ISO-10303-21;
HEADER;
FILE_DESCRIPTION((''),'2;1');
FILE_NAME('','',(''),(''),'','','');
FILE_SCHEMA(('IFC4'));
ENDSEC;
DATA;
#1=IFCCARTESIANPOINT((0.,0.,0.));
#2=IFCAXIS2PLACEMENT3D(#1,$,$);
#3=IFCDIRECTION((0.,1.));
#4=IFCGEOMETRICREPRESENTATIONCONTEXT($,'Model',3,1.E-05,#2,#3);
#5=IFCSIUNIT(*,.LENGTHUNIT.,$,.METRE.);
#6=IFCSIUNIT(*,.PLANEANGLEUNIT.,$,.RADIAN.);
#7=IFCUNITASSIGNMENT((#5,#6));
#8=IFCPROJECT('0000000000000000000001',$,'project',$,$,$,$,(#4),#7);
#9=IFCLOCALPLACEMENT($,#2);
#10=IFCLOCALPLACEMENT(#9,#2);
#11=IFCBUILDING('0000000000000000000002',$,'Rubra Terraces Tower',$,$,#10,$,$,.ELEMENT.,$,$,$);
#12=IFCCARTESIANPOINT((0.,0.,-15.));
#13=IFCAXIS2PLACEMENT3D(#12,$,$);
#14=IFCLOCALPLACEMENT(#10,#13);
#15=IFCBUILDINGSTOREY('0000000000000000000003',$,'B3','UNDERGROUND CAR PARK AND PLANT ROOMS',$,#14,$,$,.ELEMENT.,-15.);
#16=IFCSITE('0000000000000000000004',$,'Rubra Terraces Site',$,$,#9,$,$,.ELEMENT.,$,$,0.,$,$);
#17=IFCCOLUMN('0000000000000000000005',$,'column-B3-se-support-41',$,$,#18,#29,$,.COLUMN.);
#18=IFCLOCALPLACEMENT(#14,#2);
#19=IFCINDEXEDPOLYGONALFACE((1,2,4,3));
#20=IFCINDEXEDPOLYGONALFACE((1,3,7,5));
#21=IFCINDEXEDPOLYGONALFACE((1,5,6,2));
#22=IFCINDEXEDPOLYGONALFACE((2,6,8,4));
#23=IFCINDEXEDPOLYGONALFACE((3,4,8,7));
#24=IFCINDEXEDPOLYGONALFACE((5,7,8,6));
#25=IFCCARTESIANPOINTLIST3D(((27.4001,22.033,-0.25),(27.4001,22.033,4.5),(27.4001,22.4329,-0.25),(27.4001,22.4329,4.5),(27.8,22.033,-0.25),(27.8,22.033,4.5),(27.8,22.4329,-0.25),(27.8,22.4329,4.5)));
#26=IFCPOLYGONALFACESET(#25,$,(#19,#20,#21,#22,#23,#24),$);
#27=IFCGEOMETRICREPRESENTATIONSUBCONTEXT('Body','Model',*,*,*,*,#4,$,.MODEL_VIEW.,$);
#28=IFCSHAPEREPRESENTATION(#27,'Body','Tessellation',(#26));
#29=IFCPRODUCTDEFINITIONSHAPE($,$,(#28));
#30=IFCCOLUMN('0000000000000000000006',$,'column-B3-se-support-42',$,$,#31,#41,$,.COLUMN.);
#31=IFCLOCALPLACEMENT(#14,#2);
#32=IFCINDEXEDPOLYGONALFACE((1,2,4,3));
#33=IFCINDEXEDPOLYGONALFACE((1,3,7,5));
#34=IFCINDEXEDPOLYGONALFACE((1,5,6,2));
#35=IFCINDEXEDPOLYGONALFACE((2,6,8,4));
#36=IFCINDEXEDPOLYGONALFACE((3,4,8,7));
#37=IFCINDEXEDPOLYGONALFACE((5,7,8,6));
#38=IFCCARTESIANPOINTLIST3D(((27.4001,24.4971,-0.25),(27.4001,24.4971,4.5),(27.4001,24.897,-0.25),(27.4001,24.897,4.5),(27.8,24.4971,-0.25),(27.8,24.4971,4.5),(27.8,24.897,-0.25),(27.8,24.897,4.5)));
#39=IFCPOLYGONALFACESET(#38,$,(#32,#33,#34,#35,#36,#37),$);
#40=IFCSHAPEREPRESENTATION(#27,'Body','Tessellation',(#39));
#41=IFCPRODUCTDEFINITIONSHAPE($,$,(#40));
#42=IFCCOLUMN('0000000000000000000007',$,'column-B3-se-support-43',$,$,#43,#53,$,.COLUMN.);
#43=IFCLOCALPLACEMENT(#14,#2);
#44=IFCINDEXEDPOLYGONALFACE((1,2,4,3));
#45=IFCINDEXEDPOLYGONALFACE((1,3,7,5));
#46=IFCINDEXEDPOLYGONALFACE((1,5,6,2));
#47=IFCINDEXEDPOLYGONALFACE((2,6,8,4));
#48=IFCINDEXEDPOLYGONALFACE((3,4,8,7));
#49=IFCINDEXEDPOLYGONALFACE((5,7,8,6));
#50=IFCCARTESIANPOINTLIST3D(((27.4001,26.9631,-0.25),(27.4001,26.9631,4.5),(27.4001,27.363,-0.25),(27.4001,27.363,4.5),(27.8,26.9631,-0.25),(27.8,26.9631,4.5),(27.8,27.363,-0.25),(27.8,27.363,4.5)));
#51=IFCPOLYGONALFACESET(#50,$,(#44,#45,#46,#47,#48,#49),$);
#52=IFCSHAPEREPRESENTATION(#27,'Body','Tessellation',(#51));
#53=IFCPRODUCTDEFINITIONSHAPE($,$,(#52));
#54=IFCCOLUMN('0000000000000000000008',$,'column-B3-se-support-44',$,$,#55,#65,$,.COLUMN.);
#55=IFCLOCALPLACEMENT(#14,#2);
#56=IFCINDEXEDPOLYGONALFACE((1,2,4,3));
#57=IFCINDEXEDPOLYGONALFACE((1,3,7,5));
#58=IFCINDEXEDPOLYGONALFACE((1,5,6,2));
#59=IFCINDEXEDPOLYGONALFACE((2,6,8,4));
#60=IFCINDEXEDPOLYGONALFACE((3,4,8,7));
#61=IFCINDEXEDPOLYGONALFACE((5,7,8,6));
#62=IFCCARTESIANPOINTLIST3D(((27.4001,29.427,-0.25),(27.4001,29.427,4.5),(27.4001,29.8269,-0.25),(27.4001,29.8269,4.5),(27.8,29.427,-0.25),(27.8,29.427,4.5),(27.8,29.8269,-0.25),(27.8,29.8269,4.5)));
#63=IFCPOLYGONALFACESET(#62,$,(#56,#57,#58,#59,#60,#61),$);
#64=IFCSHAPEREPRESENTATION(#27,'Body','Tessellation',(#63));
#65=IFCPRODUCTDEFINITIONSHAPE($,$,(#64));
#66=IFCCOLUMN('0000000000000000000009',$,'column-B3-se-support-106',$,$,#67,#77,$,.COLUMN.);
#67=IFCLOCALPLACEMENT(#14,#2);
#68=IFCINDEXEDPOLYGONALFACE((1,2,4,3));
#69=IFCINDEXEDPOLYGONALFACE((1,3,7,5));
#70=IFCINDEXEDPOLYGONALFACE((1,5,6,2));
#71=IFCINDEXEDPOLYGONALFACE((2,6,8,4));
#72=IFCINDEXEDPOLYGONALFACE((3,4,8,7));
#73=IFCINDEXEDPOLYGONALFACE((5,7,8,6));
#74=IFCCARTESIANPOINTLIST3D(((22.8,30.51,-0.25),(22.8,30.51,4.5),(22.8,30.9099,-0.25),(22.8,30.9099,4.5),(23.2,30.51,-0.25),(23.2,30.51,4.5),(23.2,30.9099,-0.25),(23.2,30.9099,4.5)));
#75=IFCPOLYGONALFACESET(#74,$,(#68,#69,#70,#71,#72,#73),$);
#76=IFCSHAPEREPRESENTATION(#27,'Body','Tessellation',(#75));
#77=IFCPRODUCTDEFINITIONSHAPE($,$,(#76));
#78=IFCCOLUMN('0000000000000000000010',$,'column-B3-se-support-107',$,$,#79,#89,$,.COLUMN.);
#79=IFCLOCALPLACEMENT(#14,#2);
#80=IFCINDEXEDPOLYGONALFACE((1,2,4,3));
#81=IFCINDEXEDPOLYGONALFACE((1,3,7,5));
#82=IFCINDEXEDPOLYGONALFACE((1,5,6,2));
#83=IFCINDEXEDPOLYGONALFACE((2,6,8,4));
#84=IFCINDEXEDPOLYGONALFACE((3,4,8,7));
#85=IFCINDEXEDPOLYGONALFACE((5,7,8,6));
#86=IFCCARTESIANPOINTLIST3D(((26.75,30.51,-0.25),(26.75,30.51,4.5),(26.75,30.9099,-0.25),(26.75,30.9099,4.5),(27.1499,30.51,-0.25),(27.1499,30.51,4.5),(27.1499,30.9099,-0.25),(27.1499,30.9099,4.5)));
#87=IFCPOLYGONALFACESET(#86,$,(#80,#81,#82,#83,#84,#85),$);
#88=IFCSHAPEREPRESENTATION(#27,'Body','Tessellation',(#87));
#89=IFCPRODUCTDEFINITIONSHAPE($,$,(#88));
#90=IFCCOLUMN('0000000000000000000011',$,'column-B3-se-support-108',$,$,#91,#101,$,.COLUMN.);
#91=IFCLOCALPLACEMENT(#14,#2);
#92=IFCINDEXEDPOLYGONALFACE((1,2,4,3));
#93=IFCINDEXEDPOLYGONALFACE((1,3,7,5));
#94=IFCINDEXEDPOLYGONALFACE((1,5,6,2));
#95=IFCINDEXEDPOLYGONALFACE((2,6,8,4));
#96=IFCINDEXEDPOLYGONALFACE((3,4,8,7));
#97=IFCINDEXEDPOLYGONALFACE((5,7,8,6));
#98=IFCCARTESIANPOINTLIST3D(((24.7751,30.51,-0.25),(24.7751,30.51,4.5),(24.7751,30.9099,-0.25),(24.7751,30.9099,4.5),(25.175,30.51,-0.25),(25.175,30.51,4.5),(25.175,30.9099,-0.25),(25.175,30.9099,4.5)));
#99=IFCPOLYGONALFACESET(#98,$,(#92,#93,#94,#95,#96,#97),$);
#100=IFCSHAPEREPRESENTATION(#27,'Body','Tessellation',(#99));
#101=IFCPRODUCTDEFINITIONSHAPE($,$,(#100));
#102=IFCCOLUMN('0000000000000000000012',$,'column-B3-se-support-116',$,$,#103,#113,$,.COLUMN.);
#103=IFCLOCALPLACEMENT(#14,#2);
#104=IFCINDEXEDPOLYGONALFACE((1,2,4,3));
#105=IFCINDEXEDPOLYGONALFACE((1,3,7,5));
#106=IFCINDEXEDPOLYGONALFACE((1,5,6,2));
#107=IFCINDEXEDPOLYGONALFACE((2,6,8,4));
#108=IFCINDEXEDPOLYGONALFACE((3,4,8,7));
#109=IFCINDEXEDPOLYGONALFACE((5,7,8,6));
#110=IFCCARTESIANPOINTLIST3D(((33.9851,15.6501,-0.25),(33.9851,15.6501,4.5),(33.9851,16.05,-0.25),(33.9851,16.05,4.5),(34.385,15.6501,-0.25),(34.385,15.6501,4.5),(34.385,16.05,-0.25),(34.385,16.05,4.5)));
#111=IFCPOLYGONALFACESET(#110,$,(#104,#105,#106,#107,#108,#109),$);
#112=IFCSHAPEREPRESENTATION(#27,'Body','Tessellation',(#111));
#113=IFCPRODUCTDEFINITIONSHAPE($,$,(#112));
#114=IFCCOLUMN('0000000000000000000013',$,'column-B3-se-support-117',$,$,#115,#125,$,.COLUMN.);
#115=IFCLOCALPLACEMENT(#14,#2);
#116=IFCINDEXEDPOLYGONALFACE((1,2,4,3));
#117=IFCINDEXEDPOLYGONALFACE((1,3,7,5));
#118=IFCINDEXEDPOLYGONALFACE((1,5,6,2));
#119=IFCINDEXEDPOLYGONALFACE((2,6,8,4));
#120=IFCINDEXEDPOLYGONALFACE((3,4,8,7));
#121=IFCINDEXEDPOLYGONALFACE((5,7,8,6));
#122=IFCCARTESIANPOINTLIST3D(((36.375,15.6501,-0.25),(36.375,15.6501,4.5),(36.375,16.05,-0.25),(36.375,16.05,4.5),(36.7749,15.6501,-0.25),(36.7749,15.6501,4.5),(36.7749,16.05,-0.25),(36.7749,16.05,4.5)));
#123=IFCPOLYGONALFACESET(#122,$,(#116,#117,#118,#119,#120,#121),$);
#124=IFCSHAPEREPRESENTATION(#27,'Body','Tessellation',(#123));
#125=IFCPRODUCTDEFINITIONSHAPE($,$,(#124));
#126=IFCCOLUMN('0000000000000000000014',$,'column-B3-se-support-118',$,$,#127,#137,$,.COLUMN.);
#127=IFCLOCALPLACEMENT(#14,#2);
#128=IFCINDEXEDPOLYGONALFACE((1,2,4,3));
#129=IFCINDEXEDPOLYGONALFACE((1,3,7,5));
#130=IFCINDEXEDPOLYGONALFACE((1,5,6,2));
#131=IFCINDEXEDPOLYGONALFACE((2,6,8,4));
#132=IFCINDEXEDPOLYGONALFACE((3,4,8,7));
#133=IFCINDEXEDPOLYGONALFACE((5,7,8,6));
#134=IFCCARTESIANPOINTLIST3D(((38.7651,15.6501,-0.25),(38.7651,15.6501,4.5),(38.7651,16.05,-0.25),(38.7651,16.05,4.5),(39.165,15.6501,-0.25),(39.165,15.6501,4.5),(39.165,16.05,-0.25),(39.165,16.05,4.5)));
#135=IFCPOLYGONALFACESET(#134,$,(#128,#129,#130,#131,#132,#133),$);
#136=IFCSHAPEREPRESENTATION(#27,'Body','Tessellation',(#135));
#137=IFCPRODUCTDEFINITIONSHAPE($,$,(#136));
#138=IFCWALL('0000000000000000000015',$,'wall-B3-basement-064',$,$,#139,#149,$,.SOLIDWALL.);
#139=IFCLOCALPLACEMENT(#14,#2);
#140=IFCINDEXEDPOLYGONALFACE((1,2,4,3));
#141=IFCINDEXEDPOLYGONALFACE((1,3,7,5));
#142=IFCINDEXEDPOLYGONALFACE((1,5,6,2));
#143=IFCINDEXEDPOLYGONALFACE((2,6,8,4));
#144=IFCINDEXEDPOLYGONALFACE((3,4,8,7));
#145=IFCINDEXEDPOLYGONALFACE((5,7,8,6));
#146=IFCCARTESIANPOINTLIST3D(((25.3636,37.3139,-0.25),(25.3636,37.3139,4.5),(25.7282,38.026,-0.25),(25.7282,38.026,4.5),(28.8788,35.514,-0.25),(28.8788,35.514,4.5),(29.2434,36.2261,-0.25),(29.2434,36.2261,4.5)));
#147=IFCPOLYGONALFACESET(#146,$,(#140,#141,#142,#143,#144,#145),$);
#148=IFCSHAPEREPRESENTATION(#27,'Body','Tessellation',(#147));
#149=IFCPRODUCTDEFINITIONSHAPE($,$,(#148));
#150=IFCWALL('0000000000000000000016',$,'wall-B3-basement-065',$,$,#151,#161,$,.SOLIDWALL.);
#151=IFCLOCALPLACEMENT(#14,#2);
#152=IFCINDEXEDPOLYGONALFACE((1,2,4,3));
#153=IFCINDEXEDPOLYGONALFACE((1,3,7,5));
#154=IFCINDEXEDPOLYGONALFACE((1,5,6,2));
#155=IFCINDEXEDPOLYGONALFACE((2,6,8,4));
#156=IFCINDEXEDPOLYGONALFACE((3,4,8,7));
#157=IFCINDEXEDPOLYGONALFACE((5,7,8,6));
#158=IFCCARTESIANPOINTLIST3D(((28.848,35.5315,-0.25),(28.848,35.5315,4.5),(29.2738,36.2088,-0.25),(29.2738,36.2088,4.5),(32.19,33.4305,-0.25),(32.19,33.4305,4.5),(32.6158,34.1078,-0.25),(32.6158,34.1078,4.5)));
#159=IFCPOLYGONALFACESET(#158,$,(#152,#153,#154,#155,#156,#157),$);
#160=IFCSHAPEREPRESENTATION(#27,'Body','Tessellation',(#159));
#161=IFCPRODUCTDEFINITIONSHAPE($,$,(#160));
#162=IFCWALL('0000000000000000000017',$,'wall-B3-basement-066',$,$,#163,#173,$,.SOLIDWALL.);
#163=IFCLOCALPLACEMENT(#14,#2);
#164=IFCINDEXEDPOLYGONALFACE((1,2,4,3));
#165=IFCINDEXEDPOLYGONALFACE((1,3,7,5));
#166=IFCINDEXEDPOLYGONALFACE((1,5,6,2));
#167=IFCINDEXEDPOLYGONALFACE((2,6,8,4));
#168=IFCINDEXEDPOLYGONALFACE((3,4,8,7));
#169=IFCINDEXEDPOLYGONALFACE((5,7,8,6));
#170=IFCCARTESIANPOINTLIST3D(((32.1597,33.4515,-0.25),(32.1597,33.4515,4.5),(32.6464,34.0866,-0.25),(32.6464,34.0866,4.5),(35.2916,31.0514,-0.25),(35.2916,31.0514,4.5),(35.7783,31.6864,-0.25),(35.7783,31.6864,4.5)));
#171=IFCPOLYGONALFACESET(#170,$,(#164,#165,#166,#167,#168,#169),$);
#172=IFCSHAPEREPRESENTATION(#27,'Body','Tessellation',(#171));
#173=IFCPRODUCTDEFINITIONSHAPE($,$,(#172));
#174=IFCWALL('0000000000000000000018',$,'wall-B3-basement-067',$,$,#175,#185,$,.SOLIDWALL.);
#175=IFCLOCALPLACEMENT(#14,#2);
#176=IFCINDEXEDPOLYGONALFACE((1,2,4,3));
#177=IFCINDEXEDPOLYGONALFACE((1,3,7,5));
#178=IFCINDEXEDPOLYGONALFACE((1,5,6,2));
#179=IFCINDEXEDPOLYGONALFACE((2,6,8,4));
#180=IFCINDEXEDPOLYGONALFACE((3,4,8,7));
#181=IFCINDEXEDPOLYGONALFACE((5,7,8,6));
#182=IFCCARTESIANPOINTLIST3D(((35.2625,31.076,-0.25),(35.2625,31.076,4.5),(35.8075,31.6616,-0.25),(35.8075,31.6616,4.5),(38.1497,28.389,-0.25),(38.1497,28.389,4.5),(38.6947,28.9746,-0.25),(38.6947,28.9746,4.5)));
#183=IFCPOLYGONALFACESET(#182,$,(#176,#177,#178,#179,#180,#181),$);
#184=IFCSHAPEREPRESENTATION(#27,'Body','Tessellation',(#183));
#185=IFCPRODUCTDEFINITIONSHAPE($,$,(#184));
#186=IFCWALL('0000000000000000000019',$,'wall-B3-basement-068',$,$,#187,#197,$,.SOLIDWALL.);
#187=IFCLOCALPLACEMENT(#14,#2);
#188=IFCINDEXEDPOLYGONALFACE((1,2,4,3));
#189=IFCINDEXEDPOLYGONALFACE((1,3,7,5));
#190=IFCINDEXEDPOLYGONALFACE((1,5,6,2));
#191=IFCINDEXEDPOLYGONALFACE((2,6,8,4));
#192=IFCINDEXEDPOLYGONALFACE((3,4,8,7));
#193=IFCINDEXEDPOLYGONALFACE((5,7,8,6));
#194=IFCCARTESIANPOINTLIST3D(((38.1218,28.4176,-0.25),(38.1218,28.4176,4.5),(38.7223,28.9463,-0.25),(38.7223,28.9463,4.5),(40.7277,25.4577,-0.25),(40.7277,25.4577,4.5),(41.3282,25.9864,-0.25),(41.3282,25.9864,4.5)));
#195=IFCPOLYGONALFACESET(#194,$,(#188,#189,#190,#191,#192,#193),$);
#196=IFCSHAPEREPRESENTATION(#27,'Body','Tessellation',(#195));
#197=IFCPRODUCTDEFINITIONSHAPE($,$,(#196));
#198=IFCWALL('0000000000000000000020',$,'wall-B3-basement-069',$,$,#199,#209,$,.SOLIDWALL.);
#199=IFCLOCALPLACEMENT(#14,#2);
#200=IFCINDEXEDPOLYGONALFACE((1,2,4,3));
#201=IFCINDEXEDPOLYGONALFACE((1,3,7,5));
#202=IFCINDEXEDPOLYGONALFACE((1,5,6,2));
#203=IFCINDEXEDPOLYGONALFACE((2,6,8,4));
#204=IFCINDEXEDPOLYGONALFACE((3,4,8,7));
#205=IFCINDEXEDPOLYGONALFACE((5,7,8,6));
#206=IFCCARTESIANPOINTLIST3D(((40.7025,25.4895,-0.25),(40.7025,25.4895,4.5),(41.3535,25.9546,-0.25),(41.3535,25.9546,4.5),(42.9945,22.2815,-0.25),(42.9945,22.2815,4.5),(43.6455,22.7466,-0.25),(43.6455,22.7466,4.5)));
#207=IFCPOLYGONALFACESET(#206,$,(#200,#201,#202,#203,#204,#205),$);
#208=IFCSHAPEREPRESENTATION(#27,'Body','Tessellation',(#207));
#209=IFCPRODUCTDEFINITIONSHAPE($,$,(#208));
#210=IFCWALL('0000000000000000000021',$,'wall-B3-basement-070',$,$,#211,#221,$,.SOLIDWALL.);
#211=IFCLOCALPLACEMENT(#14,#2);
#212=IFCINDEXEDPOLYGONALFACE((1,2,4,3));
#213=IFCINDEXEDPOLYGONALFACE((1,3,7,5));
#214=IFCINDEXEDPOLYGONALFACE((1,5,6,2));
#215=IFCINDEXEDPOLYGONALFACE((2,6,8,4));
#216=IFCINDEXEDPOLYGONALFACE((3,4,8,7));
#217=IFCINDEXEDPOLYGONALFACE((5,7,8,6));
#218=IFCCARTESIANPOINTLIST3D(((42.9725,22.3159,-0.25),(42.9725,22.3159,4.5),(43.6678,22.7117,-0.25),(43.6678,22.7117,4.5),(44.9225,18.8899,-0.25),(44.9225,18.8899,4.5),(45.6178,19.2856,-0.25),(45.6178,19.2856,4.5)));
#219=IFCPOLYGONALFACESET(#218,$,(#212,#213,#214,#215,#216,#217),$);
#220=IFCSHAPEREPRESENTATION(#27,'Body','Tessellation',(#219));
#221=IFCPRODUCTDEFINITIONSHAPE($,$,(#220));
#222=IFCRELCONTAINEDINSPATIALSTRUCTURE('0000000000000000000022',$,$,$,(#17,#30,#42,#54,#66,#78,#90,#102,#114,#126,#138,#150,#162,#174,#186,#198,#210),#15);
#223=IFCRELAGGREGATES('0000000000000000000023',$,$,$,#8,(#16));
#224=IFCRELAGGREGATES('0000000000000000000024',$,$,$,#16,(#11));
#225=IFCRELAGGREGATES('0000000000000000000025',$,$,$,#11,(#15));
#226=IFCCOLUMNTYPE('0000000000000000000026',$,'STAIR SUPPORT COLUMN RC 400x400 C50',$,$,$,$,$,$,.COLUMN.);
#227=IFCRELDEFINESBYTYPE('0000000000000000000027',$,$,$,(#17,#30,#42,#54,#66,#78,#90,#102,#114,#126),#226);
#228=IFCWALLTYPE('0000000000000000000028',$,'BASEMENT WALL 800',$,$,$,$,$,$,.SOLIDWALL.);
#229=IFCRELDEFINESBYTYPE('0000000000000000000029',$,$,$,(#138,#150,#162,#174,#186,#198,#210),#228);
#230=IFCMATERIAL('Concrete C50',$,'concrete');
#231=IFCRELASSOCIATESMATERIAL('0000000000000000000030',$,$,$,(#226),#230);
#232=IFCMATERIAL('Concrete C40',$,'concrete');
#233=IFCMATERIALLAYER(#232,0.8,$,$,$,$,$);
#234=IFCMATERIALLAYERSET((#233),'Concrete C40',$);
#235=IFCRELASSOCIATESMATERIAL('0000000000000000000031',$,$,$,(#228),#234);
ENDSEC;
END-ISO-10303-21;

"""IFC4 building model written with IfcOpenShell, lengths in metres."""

from ifc_helpers import new_model, si_unit, direction, frame, frame_2d, origin, origin_2d, place, context, subcontext, project, spatial, rectangle, extrude, material, layer, layer_set, material_profile, profile_set, type_object, element, save


model = new_model("IFC4")

# Units and contexts
model_context = context("Model", 3, precision=1e-05, world=origin(), true_north=direction((0.0, 1.0)))
body_context = subcontext(model_context, "Body", "Model", "MODEL_VIEW")
ifc_project = project(units=[si_unit("LENGTHUNIT", "METRE"), si_unit("PLANEANGLEUNIT", "RADIAN")], contexts=[model_context])

# Site, building, storey
site_placement = place(None, origin())
site = spatial("IfcSite", under=ifc_project, at=site_placement, Name="Rubra Terraces Site", CompositionType="ELEMENT", RefElevation=0.0)
building_placement = place(site_placement, origin())
building = spatial("IfcBuilding", under=site, at=building_placement, Name="Rubra Terraces Tower", CompositionType="ELEMENT")
storey_placement = place(building_placement, frame((0.0, 0.0, -15.0)))
storey = spatial("IfcBuildingStorey", under=building, at=storey_placement, Name="B3", Description="UNDERGROUND CAR PARK AND PLANT ROOMS", CompositionType="ELEMENT", Elevation=-15.0)

# Shared definitions
ifc_material_1 = material(Name="Concrete C40", Category="concrete")

# Columns
ifc_material_2 = material(Name="Concrete C50", Category="concrete")
ifc_material_profile_1 = material_profile(ifc_material_2, rectangle(XDim=0.3999, YDim=0.3999, at=origin_2d()), Name="RC 400x400")
ifc_profile_set_1 = profile_set([ifc_material_profile_1], Name="Concrete C50")
column_type_1 = type_object("IfcColumnType", Name="STAIR SUPPORT COLUMN RC 400x400 C50", PredefinedType="COLUMN", material=ifc_profile_set_1)
for number, where, z_axis, x_axis, name in (
    (1, (27.6001, 22.2329, -0.25), (0.0, 0.0, 1.0), (1.0, 0.0, 0.0), "column-B3-se-support-41"),
    (2, (27.6001, 24.697, -0.25), (0.0, 0.0, 1.0), (1.0, 0.0, 0.0), "column-B3-se-support-42"),
    (3, (27.6001, 27.1631, -0.25), (0.0, 0.0, 1.0), (1.0, 0.0, 0.0), "column-B3-se-support-43"),
    (4, (27.6001, 29.627, -0.25), (0.0, 0.0, 1.0), (1.0, 0.0, 0.0), "column-B3-se-support-44"),
    (5, (23.0, 30.71, -0.25), (0.0, 0.0, 1.0), (1.0, 0.0, 0.0), "column-B3-se-support-106"),
    (6, (26.95, 30.71, -0.25), (0.0, 0.0, 1.0), (1.0, 0.0, 0.0), "column-B3-se-support-107"),
    (7, (24.9751, 30.71, -0.25), (0.0, 0.0, 1.0), (1.0, 0.0, 0.0), "column-B3-se-support-108"),
    (8, (34.1851, 15.8501, -0.25), (0.0, 0.0, 1.0), (1.0, 0.0, 0.0), "column-B3-se-support-116"),
    (9, (36.575, 15.8501, -0.25), (0.0, 0.0, 1.0), (1.0, 0.0, 0.0), "column-B3-se-support-117"),
    (10, (38.9651, 15.8501, -0.25), (0.0, 0.0, 1.0), (1.0, 0.0, 0.0), "column-B3-se-support-118"),
):
    element("IfcColumn", number, at=place(storey_placement, frame(where, z_axis=z_axis, x_axis=x_axis)), inside=storey, type_object=column_type_1, Name=name, PredefinedType="COLUMN", context=body_context, shape_type="SweptSolid", body=[
        extrude(rectangle(XDim=0.3999, YDim=0.3999, at=origin_2d()), origin(), (0.0, 0.0, 1.0), 4.75),
    ])

# Walls
ifc_layer = layer(ifc_material_1, 0.8)
ifc_layer_set = layer_set([ifc_layer], Name="Concrete C40")
wall_type = type_object("IfcWallType", Name="BASEMENT WALL 800", PredefinedType="SOLIDWALL", material=ifc_layer_set)
wall_1_placement = place(storey_placement, frame((25.5459, 37.6699, -0.25), z_axis=(0.0, 0.0, 1.0), x_axis=(0.890108, -0.455749, 0.0)))
element("IfcWall", 11, at=wall_1_placement, inside=storey, type_object=wall_type, Name="wall-B3-basement-064", PredefinedType="SOLIDWALL", context=body_context, shape_type="SweptSolid", body=[
    extrude(rectangle(XDim=3.9492, YDim=0.8, at=frame_2d((1.9746, 0.0))), origin(), (0.0, 0.0, 1.0), 4.75),
])
wall_2_placement = place(storey_placement, frame((29.061, 35.8701, -0.25), z_axis=(0.0, 0.0, 1.0), x_axis=(0.846595, -0.532237, 0.0)))
element("IfcWall", 12, at=wall_2_placement, inside=storey, type_object=wall_type, Name="wall-B3-basement-065", PredefinedType="SOLIDWALL", context=body_context, shape_type="SweptSolid", body=[
    extrude(rectangle(XDim=3.9475, YDim=0.8, at=frame_2d((1.9736, 0.0))), origin(), (0.0, 0.0, 1.0), 4.75),
])
wall_3_placement = place(storey_placement, frame((32.4031, 33.769, -0.25), z_axis=(0.0, 0.0, 1.0), x_axis=(0.79372, -0.608283, 0.0)))
element("IfcWall", 13, at=wall_3_placement, inside=storey, type_object=wall_type, Name="wall-B3-basement-066", PredefinedType="SOLIDWALL", context=body_context, shape_type="SweptSolid", body=[
    extrude(rectangle(XDim=3.9458, YDim=0.8, at=frame_2d((1.9729, 0.0))), origin(), (0.0, 0.0, 1.0), 4.75),
])
wall_4_placement = place(storey_placement, frame((35.5349, 31.3689, -0.25), z_axis=(0.0, 0.0, 1.0), x_axis=(0.73203, -0.681272, 0.0)))
element("IfcWall", 14, at=wall_4_placement, inside=storey, type_object=wall_type, Name="wall-B3-basement-067", PredefinedType="SOLIDWALL", context=body_context, shape_type="SweptSolid", body=[
    extrude(rectangle(XDim=3.9441, YDim=0.8, at=frame_2d((1.9722, 0.0))), origin(), (0.0, 0.0, 1.0), 4.75),
])
wall_5_placement = place(storey_placement, frame((38.4221, 28.6819, -0.25), z_axis=(0.0, 0.0, 1.0), x_axis=(0.660798, -0.750564, 0.0)))
element("IfcWall", 15, at=wall_5_placement, inside=storey, type_object=wall_type, Name="wall-B3-basement-068", PredefinedType="SOLIDWALL", context=body_context, shape_type="SweptSolid", body=[
    extrude(rectangle(XDim=3.9436, YDim=0.8, at=frame_2d((1.9717, 0.0))), origin(), (0.0, 0.0, 1.0), 4.75),
])
wall_6_placement = place(storey_placement, frame((41.0281, 25.7219, -0.25), z_axis=(0.0, 0.0, 1.0), x_axis=(0.581332, -0.813667, 0.0)))
element("IfcWall", 16, at=wall_6_placement, inside=storey, type_object=wall_type, Name="wall-B3-basement-069", PredefinedType="SOLIDWALL", context=body_context, shape_type="SweptSolid", body=[
    extrude(rectangle(XDim=3.9426, YDim=0.8, at=frame_2d((1.9712, 0.0))), origin(), (0.0, 0.0, 1.0), 4.75),
])
wall_7_placement = place(storey_placement, frame((43.3201, 22.5139, -0.25), z_axis=(0.0, 0.0, 1.0), x_axis=(0.494651, -0.869092, 0.0)))
element("IfcWall", 17, at=wall_7_placement, inside=storey, type_object=wall_type, Name="wall-B3-basement-070", PredefinedType="SOLIDWALL", context=body_context, shape_type="SweptSolid", body=[
    extrude(rectangle(XDim=3.9421, YDim=0.8, at=frame_2d((1.9712, 0.0))), origin(), (0.0, 0.0, 1.0), 4.75),
])

save(model, "model.ifc")
